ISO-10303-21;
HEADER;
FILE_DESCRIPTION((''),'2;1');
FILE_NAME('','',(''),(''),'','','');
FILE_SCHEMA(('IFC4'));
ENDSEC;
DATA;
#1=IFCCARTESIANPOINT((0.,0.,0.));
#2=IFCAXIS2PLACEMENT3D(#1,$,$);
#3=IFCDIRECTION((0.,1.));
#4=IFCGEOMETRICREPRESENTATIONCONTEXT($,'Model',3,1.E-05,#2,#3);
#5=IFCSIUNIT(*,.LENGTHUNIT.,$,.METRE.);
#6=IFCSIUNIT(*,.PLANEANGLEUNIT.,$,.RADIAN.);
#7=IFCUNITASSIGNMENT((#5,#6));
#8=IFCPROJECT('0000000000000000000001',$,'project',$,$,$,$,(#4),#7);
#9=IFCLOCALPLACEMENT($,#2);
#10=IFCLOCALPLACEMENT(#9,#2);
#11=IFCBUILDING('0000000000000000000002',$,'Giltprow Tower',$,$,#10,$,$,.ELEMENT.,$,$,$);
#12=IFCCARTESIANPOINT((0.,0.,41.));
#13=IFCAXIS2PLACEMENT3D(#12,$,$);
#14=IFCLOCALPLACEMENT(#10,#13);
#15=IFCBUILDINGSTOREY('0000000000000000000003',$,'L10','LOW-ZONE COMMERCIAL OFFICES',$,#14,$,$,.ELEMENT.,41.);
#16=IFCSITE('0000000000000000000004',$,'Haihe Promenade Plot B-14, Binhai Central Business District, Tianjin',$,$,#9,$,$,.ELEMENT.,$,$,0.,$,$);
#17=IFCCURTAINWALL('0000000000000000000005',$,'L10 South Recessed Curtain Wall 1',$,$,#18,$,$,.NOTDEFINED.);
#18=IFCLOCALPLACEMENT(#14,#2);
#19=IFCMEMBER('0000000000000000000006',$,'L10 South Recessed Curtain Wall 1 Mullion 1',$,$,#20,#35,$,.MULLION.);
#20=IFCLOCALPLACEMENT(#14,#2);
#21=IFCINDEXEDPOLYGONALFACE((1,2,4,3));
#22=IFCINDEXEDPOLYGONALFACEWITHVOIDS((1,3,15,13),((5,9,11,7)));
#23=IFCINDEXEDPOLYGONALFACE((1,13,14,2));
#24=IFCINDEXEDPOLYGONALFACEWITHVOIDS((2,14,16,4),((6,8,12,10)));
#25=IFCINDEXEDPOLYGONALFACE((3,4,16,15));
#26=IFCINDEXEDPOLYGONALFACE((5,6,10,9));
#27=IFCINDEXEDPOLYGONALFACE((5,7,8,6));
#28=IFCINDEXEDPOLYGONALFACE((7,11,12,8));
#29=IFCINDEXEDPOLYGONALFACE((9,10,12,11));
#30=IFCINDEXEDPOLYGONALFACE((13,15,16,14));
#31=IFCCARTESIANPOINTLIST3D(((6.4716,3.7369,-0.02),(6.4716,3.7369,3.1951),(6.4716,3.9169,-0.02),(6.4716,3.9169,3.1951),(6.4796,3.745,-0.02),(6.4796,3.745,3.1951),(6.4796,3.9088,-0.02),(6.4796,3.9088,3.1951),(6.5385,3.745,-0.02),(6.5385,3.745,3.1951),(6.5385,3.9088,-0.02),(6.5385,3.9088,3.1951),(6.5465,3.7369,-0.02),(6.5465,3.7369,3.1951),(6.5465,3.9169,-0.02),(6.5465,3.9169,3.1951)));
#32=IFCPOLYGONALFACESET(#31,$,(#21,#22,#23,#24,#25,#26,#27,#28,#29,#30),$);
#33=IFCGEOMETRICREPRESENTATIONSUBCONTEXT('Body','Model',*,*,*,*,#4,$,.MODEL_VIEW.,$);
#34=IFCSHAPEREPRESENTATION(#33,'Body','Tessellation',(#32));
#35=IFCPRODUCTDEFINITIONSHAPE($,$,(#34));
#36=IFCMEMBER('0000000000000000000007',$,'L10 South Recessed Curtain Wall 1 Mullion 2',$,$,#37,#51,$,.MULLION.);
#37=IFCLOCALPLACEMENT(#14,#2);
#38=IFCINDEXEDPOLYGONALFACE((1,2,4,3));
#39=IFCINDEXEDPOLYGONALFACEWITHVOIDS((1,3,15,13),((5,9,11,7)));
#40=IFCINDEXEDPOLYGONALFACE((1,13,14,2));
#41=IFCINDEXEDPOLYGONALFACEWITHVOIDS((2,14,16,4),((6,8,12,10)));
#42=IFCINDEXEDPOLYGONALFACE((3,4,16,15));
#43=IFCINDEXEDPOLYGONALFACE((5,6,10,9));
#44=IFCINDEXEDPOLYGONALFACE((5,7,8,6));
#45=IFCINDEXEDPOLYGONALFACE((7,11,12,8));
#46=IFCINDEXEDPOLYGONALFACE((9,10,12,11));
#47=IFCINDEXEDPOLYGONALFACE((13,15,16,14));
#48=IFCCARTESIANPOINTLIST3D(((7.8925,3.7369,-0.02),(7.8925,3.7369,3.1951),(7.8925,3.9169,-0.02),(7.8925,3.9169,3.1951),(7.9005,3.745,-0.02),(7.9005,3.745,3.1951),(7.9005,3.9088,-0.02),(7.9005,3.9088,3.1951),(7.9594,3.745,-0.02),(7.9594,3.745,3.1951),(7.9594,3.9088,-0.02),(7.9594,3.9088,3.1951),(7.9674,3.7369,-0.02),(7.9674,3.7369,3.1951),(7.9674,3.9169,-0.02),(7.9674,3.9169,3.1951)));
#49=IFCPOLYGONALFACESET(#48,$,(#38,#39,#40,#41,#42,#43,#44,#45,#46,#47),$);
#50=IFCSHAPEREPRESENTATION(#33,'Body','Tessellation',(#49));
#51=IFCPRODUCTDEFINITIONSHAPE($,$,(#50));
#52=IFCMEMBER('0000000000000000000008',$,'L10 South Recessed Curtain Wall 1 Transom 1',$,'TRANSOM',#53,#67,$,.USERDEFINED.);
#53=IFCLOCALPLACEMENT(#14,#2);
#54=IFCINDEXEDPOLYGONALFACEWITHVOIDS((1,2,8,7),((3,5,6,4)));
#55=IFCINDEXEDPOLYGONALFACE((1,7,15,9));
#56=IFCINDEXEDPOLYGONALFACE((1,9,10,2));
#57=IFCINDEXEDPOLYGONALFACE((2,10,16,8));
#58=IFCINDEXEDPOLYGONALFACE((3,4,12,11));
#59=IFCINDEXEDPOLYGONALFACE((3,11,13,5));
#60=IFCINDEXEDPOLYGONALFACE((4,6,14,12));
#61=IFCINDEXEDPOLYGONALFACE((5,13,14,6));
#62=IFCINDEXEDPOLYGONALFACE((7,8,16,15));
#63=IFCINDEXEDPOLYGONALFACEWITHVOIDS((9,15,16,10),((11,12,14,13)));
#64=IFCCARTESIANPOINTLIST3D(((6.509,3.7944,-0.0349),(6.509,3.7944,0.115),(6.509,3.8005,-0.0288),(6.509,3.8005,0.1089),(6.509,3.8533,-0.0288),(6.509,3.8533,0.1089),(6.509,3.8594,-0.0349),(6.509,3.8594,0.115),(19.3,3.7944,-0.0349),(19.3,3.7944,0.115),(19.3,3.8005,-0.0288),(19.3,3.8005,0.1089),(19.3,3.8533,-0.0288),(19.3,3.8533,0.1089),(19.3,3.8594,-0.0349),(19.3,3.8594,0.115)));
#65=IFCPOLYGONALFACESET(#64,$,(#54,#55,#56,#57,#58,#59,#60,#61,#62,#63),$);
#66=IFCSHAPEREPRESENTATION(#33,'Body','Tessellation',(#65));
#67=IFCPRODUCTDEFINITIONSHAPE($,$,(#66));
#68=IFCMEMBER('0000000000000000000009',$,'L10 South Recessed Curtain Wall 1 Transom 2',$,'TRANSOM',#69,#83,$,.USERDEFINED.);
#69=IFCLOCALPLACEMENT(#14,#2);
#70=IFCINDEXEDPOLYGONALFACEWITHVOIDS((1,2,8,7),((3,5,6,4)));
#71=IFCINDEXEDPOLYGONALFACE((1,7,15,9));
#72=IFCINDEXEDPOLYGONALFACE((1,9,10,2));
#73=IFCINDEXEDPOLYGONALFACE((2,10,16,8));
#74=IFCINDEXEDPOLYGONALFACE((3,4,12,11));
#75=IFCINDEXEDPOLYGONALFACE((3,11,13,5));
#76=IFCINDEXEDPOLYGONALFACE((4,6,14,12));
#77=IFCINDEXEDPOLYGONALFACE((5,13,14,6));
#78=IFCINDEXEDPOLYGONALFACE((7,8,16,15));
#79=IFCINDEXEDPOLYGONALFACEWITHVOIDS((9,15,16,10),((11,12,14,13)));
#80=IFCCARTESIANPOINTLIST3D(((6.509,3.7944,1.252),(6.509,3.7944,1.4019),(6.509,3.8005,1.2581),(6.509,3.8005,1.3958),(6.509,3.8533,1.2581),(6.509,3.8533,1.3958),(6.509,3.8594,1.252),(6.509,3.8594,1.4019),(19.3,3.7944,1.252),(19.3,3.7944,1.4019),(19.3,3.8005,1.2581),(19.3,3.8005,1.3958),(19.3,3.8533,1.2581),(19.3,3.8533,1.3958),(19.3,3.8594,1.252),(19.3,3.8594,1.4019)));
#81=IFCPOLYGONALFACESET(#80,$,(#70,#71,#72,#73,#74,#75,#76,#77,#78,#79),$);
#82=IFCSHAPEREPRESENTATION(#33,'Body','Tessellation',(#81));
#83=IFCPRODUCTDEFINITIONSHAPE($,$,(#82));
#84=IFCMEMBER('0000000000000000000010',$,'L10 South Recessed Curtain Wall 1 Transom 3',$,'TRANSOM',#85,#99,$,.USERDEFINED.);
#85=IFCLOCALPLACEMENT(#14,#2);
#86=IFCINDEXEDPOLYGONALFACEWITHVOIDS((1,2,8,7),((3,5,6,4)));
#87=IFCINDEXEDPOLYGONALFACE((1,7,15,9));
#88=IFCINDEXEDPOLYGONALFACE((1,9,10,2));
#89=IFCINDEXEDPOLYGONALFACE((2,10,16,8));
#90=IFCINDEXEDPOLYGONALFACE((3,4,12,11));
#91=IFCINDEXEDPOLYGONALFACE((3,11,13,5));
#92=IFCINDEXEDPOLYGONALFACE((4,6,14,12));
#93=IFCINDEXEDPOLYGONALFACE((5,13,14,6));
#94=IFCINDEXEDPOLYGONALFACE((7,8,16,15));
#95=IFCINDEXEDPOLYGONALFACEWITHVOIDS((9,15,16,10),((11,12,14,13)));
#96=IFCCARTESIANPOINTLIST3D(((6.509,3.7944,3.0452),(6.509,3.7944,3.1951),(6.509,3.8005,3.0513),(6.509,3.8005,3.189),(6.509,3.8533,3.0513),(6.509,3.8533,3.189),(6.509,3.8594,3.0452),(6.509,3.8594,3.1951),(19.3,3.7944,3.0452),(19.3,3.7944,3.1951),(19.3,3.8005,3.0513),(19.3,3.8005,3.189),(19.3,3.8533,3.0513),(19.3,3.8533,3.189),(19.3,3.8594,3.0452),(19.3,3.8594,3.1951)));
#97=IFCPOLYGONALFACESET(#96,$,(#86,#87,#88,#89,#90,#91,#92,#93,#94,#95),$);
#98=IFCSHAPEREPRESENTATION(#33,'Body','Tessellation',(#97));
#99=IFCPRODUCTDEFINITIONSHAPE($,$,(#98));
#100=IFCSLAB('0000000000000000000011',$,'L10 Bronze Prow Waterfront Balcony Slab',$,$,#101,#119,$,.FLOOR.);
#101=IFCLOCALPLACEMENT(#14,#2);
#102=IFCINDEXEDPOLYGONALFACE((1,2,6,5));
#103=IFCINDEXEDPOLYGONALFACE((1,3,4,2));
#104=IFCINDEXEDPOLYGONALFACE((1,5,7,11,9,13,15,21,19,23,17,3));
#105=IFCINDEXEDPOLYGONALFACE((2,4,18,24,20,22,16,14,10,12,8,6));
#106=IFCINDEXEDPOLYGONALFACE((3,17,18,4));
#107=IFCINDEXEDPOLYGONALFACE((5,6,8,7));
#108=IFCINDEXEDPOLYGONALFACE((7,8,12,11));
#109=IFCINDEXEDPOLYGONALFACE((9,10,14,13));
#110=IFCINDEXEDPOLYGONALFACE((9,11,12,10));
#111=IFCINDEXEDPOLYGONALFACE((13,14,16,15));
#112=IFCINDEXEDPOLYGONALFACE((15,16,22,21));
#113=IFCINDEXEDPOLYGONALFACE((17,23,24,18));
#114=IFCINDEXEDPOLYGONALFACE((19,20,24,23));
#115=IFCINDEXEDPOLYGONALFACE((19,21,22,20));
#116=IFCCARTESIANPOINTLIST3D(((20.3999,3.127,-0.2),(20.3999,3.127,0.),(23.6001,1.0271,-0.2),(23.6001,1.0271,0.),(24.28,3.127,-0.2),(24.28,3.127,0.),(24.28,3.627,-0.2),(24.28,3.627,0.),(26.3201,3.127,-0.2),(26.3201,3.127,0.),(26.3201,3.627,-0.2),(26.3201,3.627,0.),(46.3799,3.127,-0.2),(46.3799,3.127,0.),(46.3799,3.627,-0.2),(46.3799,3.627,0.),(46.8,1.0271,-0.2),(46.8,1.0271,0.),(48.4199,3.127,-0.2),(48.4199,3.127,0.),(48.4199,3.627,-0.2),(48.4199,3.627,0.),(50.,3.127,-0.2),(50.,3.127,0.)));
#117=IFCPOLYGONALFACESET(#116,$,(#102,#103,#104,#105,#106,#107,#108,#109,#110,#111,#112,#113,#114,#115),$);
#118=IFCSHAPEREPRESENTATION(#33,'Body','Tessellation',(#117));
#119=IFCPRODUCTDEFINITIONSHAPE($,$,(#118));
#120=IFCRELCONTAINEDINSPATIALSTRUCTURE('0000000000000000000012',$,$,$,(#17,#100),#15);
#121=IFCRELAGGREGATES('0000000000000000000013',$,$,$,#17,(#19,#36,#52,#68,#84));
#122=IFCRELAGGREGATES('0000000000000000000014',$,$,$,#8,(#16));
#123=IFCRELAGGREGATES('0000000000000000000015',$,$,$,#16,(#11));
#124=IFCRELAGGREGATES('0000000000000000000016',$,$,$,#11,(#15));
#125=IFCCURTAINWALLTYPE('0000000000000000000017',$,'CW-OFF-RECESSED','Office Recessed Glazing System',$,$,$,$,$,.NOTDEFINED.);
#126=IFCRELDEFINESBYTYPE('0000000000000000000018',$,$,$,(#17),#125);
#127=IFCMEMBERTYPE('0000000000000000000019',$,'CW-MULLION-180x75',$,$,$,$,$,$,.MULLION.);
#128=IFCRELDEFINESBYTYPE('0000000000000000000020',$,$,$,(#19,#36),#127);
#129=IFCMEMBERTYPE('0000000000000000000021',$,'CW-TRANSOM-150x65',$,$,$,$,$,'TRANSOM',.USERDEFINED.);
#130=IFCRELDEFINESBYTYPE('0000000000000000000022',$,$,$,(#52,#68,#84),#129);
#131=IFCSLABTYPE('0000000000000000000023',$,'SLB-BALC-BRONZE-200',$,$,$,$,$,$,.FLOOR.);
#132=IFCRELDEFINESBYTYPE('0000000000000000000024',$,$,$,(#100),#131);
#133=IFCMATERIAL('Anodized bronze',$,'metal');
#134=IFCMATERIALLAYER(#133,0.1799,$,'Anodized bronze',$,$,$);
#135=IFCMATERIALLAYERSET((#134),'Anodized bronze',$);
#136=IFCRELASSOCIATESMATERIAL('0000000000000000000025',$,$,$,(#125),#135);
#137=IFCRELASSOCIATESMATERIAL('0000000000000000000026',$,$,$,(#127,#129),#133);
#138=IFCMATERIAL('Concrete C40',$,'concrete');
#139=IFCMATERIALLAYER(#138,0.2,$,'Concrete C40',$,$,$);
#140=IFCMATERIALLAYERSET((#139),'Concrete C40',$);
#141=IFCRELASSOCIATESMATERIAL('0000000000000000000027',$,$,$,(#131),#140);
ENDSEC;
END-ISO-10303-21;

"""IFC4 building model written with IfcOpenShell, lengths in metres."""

from ifc_helpers import new_model, si_unit, direction, frame, origin, origin_2d, place, context, subcontext, project, spatial, polyline, hollow_rectangle, outline, extrude, source, transform, mapped, material, layer, layer_set, material_profile, profile_set, type_object, element, aggregate, save


model = new_model("IFC4")

# Units and contexts
model_context = context("Model", 3, precision=1e-05, world=origin(), true_north=direction((0.0, 1.0)))
body_context = subcontext(model_context, "Body", "Model", "MODEL_VIEW")
ifc_project = project(units=[si_unit("LENGTHUNIT", "METRE"), si_unit("PLANEANGLEUNIT", "RADIAN")], contexts=[model_context])

# Site, building, storey
site_placement = place(None, origin())
site = spatial("IfcSite", under=ifc_project, at=site_placement, Name="Haihe Promenade Plot B-14, Binhai Central Business District, Tianjin", CompositionType="ELEMENT", RefElevation=0.0)
building_placement = place(site_placement, origin())
building = spatial("IfcBuilding", under=site, at=building_placement, Name="Giltprow Tower", CompositionType="ELEMENT")
storey_placement = place(building_placement, frame((0.0, 0.0, 41.0)))
storey = spatial("IfcBuildingStorey", under=building, at=storey_placement, Name="L10", Description="LOW-ZONE COMMERCIAL OFFICES", CompositionType="ELEMENT", Elevation=41.0)

# Curtain wall, members
ifc_material_1 = material(Name="Anodized bronze", Category="metal")
ifc_layer_1 = layer(ifc_material_1, 0.1799, Name="Anodized bronze")
ifc_layer_set_1 = layer_set([ifc_layer_1], Name="Anodized bronze")
curtain_wall_type = type_object("IfcCurtainWallType", Name="CW-OFF-RECESSED", Description="Office Recessed Glazing System", PredefinedType="NOTDEFINED", material=ifc_layer_set_1)
curtain_wall_placement = place(storey_placement, origin())
curtain_wall = element("IfcCurtainWall", 1, at=curtain_wall_placement, inside=storey, type_object=curtain_wall_type, Name="L10 South Recessed Curtain Wall 1", PredefinedType="NOTDEFINED")
ifc_material_profile_1 = material_profile(ifc_material_1, hollow_rectangle(XDim=0.075, YDim=0.1799, WallThickness=0.0081, at=origin_2d()), Name="RHS 180x75x8")
ifc_profile_set_1 = profile_set([ifc_material_profile_1], Name="Anodized bronze")
member_type_1 = type_object("IfcMemberType", Name="CW-MULLION-180x75", PredefinedType="MULLION", material=ifc_profile_set_1)
shared_shape_1 = source(origin(), body_context, "Body", "SweptSolid", [
    extrude(hollow_rectangle(XDim=0.075, YDim=0.1799, WallThickness=0.0081, at=origin_2d()), origin(), (0.0, 0.0, 1.0), 3.2151),
])
member_1_placement = place(storey_placement, frame((6.509, 3.8269, -0.02), z_axis=(0.0, 0.0, 1.0), x_axis=(1.0, 0.0, 0.0)))
member_1 = element("IfcMember", 2, at=member_1_placement, type_object=member_type_1, Name="L10 South Recessed Curtain Wall 1 Mullion 1", PredefinedType="MULLION", context=body_context, shape_type="MappedRepresentation", body=[
    mapped(shared_shape_1, transform((0.0, 0.0, 0.0), x_axis=(1.0, 0.0, 0.0), y_axis=(0.0, 1.0, 0.0), z_axis=(0.0, 0.0, 1.0), scale=1.0)),
])
member_2_placement = place(storey_placement, frame((7.9299, 3.8269, -0.02), z_axis=(0.0, 0.0, 1.0), x_axis=(1.0, 0.0, 0.0)))
member_2 = element("IfcMember", 3, at=member_2_placement, type_object=member_type_1, Name="L10 South Recessed Curtain Wall 1 Mullion 2", PredefinedType="MULLION", context=body_context, shape_type="MappedRepresentation", body=[
    mapped(shared_shape_1, transform((0.0, 0.0, 0.0), x_axis=(1.0, 0.0, 0.0), y_axis=(0.0, 1.0, 0.0), z_axis=(0.0, 0.0, 1.0), scale=1.0)),
])
ifc_material_profile_2 = material_profile(ifc_material_1, hollow_rectangle(XDim=0.0649, YDim=0.1499, WallThickness=0.0061, at=origin_2d()), Name="RHS 150x65x6")
ifc_profile_set_2 = profile_set([ifc_material_profile_2], Name="Anodized bronze")
member_type_2 = type_object("IfcMemberType", Name="CW-TRANSOM-150x65", ElementType="TRANSOM", PredefinedType="USERDEFINED", material=ifc_profile_set_2)
shared_shape_2 = source(origin(), body_context, "Body", "SweptSolid", [
    extrude(hollow_rectangle(XDim=0.0649, YDim=0.1499, WallThickness=0.0061, at=origin_2d()), origin(), (0.0, 0.0, 1.0), 12.791),
])
member_3_placement = place(storey_placement, frame((6.509, 3.8269, 0.04), z_axis=(1.0, 0.0, 0.0), x_axis=(0.0, 1.0, 0.0)))
member_3 = element("IfcMember", 4, at=member_3_placement, type_object=member_type_2, Name="L10 South Recessed Curtain Wall 1 Transom 1", ObjectType="TRANSOM", PredefinedType="USERDEFINED", context=body_context, shape_type="MappedRepresentation", body=[
    mapped(shared_shape_2, transform((0.0, 0.0, 0.0), x_axis=(1.0, 0.0, 0.0), y_axis=(0.0, 1.0, 0.0), z_axis=(0.0, 0.0, 1.0), scale=1.0)),
])
member_4_placement = place(storey_placement, frame((6.509, 3.8269, 1.3269), z_axis=(1.0, 0.0, 0.0), x_axis=(0.0, 1.0, 0.0)))
member_4 = element("IfcMember", 5, at=member_4_placement, type_object=member_type_2, Name="L10 South Recessed Curtain Wall 1 Transom 2", ObjectType="TRANSOM", PredefinedType="USERDEFINED", context=body_context, shape_type="MappedRepresentation", body=[
    mapped(shared_shape_2, transform((0.0, 0.0, 0.0), x_axis=(1.0, 0.0, 0.0), y_axis=(0.0, 1.0, 0.0), z_axis=(0.0, 0.0, 1.0), scale=1.0)),
])
member_5_placement = place(storey_placement, frame((6.509, 3.8269, 3.1201), z_axis=(1.0, 0.0, 0.0), x_axis=(0.0, 1.0, 0.0)))
member_5 = element("IfcMember", 6, at=member_5_placement, type_object=member_type_2, Name="L10 South Recessed Curtain Wall 1 Transom 3", ObjectType="TRANSOM", PredefinedType="USERDEFINED", context=body_context, shape_type="MappedRepresentation", body=[
    mapped(shared_shape_2, transform((0.0, 0.0, 0.0), x_axis=(1.0, 0.0, 0.0), y_axis=(0.0, 1.0, 0.0), z_axis=(0.0, 0.0, 1.0), scale=1.0)),
])

# Slab
ifc_material_2 = material(Name="Concrete C40", Category="concrete")
ifc_layer_2 = layer(ifc_material_2, 0.2, Name="Concrete C40")
ifc_layer_set_2 = layer_set([ifc_layer_2], Name="Concrete C40")
slab_type_1 = type_object("IfcSlabType", Name="SLB-BALC-BRONZE-200", PredefinedType="FLOOR", material=ifc_layer_set_2)
slab_1_placement = place(storey_placement, frame((0.0, 0.0, -0.2)))
element("IfcSlab", 7, at=slab_1_placement, inside=storey, type_object=slab_type_1, Name="L10 Bronze Prow Waterfront Balcony Slab", PredefinedType="FLOOR", context=body_context, shape_type="SweptSolid", body=[
    extrude(outline(polyline([(50.0, 3.127), (46.8, 1.0271), (23.6001, 1.0271), (20.3999, 3.127), (24.28, 3.127), (24.28, 3.627), (26.3201, 3.627), (26.3201, 3.127), (46.3799, 3.127), (46.3799, 3.627), (48.4199, 3.627), (48.4199, 3.127), (50.0, 3.127)])), origin(), (0.0, 0.0, 1.0), 0.2),
])

aggregate(curtain_wall, [member_1, member_2, member_3, member_4, member_5])

save(model, "model.ifc")
